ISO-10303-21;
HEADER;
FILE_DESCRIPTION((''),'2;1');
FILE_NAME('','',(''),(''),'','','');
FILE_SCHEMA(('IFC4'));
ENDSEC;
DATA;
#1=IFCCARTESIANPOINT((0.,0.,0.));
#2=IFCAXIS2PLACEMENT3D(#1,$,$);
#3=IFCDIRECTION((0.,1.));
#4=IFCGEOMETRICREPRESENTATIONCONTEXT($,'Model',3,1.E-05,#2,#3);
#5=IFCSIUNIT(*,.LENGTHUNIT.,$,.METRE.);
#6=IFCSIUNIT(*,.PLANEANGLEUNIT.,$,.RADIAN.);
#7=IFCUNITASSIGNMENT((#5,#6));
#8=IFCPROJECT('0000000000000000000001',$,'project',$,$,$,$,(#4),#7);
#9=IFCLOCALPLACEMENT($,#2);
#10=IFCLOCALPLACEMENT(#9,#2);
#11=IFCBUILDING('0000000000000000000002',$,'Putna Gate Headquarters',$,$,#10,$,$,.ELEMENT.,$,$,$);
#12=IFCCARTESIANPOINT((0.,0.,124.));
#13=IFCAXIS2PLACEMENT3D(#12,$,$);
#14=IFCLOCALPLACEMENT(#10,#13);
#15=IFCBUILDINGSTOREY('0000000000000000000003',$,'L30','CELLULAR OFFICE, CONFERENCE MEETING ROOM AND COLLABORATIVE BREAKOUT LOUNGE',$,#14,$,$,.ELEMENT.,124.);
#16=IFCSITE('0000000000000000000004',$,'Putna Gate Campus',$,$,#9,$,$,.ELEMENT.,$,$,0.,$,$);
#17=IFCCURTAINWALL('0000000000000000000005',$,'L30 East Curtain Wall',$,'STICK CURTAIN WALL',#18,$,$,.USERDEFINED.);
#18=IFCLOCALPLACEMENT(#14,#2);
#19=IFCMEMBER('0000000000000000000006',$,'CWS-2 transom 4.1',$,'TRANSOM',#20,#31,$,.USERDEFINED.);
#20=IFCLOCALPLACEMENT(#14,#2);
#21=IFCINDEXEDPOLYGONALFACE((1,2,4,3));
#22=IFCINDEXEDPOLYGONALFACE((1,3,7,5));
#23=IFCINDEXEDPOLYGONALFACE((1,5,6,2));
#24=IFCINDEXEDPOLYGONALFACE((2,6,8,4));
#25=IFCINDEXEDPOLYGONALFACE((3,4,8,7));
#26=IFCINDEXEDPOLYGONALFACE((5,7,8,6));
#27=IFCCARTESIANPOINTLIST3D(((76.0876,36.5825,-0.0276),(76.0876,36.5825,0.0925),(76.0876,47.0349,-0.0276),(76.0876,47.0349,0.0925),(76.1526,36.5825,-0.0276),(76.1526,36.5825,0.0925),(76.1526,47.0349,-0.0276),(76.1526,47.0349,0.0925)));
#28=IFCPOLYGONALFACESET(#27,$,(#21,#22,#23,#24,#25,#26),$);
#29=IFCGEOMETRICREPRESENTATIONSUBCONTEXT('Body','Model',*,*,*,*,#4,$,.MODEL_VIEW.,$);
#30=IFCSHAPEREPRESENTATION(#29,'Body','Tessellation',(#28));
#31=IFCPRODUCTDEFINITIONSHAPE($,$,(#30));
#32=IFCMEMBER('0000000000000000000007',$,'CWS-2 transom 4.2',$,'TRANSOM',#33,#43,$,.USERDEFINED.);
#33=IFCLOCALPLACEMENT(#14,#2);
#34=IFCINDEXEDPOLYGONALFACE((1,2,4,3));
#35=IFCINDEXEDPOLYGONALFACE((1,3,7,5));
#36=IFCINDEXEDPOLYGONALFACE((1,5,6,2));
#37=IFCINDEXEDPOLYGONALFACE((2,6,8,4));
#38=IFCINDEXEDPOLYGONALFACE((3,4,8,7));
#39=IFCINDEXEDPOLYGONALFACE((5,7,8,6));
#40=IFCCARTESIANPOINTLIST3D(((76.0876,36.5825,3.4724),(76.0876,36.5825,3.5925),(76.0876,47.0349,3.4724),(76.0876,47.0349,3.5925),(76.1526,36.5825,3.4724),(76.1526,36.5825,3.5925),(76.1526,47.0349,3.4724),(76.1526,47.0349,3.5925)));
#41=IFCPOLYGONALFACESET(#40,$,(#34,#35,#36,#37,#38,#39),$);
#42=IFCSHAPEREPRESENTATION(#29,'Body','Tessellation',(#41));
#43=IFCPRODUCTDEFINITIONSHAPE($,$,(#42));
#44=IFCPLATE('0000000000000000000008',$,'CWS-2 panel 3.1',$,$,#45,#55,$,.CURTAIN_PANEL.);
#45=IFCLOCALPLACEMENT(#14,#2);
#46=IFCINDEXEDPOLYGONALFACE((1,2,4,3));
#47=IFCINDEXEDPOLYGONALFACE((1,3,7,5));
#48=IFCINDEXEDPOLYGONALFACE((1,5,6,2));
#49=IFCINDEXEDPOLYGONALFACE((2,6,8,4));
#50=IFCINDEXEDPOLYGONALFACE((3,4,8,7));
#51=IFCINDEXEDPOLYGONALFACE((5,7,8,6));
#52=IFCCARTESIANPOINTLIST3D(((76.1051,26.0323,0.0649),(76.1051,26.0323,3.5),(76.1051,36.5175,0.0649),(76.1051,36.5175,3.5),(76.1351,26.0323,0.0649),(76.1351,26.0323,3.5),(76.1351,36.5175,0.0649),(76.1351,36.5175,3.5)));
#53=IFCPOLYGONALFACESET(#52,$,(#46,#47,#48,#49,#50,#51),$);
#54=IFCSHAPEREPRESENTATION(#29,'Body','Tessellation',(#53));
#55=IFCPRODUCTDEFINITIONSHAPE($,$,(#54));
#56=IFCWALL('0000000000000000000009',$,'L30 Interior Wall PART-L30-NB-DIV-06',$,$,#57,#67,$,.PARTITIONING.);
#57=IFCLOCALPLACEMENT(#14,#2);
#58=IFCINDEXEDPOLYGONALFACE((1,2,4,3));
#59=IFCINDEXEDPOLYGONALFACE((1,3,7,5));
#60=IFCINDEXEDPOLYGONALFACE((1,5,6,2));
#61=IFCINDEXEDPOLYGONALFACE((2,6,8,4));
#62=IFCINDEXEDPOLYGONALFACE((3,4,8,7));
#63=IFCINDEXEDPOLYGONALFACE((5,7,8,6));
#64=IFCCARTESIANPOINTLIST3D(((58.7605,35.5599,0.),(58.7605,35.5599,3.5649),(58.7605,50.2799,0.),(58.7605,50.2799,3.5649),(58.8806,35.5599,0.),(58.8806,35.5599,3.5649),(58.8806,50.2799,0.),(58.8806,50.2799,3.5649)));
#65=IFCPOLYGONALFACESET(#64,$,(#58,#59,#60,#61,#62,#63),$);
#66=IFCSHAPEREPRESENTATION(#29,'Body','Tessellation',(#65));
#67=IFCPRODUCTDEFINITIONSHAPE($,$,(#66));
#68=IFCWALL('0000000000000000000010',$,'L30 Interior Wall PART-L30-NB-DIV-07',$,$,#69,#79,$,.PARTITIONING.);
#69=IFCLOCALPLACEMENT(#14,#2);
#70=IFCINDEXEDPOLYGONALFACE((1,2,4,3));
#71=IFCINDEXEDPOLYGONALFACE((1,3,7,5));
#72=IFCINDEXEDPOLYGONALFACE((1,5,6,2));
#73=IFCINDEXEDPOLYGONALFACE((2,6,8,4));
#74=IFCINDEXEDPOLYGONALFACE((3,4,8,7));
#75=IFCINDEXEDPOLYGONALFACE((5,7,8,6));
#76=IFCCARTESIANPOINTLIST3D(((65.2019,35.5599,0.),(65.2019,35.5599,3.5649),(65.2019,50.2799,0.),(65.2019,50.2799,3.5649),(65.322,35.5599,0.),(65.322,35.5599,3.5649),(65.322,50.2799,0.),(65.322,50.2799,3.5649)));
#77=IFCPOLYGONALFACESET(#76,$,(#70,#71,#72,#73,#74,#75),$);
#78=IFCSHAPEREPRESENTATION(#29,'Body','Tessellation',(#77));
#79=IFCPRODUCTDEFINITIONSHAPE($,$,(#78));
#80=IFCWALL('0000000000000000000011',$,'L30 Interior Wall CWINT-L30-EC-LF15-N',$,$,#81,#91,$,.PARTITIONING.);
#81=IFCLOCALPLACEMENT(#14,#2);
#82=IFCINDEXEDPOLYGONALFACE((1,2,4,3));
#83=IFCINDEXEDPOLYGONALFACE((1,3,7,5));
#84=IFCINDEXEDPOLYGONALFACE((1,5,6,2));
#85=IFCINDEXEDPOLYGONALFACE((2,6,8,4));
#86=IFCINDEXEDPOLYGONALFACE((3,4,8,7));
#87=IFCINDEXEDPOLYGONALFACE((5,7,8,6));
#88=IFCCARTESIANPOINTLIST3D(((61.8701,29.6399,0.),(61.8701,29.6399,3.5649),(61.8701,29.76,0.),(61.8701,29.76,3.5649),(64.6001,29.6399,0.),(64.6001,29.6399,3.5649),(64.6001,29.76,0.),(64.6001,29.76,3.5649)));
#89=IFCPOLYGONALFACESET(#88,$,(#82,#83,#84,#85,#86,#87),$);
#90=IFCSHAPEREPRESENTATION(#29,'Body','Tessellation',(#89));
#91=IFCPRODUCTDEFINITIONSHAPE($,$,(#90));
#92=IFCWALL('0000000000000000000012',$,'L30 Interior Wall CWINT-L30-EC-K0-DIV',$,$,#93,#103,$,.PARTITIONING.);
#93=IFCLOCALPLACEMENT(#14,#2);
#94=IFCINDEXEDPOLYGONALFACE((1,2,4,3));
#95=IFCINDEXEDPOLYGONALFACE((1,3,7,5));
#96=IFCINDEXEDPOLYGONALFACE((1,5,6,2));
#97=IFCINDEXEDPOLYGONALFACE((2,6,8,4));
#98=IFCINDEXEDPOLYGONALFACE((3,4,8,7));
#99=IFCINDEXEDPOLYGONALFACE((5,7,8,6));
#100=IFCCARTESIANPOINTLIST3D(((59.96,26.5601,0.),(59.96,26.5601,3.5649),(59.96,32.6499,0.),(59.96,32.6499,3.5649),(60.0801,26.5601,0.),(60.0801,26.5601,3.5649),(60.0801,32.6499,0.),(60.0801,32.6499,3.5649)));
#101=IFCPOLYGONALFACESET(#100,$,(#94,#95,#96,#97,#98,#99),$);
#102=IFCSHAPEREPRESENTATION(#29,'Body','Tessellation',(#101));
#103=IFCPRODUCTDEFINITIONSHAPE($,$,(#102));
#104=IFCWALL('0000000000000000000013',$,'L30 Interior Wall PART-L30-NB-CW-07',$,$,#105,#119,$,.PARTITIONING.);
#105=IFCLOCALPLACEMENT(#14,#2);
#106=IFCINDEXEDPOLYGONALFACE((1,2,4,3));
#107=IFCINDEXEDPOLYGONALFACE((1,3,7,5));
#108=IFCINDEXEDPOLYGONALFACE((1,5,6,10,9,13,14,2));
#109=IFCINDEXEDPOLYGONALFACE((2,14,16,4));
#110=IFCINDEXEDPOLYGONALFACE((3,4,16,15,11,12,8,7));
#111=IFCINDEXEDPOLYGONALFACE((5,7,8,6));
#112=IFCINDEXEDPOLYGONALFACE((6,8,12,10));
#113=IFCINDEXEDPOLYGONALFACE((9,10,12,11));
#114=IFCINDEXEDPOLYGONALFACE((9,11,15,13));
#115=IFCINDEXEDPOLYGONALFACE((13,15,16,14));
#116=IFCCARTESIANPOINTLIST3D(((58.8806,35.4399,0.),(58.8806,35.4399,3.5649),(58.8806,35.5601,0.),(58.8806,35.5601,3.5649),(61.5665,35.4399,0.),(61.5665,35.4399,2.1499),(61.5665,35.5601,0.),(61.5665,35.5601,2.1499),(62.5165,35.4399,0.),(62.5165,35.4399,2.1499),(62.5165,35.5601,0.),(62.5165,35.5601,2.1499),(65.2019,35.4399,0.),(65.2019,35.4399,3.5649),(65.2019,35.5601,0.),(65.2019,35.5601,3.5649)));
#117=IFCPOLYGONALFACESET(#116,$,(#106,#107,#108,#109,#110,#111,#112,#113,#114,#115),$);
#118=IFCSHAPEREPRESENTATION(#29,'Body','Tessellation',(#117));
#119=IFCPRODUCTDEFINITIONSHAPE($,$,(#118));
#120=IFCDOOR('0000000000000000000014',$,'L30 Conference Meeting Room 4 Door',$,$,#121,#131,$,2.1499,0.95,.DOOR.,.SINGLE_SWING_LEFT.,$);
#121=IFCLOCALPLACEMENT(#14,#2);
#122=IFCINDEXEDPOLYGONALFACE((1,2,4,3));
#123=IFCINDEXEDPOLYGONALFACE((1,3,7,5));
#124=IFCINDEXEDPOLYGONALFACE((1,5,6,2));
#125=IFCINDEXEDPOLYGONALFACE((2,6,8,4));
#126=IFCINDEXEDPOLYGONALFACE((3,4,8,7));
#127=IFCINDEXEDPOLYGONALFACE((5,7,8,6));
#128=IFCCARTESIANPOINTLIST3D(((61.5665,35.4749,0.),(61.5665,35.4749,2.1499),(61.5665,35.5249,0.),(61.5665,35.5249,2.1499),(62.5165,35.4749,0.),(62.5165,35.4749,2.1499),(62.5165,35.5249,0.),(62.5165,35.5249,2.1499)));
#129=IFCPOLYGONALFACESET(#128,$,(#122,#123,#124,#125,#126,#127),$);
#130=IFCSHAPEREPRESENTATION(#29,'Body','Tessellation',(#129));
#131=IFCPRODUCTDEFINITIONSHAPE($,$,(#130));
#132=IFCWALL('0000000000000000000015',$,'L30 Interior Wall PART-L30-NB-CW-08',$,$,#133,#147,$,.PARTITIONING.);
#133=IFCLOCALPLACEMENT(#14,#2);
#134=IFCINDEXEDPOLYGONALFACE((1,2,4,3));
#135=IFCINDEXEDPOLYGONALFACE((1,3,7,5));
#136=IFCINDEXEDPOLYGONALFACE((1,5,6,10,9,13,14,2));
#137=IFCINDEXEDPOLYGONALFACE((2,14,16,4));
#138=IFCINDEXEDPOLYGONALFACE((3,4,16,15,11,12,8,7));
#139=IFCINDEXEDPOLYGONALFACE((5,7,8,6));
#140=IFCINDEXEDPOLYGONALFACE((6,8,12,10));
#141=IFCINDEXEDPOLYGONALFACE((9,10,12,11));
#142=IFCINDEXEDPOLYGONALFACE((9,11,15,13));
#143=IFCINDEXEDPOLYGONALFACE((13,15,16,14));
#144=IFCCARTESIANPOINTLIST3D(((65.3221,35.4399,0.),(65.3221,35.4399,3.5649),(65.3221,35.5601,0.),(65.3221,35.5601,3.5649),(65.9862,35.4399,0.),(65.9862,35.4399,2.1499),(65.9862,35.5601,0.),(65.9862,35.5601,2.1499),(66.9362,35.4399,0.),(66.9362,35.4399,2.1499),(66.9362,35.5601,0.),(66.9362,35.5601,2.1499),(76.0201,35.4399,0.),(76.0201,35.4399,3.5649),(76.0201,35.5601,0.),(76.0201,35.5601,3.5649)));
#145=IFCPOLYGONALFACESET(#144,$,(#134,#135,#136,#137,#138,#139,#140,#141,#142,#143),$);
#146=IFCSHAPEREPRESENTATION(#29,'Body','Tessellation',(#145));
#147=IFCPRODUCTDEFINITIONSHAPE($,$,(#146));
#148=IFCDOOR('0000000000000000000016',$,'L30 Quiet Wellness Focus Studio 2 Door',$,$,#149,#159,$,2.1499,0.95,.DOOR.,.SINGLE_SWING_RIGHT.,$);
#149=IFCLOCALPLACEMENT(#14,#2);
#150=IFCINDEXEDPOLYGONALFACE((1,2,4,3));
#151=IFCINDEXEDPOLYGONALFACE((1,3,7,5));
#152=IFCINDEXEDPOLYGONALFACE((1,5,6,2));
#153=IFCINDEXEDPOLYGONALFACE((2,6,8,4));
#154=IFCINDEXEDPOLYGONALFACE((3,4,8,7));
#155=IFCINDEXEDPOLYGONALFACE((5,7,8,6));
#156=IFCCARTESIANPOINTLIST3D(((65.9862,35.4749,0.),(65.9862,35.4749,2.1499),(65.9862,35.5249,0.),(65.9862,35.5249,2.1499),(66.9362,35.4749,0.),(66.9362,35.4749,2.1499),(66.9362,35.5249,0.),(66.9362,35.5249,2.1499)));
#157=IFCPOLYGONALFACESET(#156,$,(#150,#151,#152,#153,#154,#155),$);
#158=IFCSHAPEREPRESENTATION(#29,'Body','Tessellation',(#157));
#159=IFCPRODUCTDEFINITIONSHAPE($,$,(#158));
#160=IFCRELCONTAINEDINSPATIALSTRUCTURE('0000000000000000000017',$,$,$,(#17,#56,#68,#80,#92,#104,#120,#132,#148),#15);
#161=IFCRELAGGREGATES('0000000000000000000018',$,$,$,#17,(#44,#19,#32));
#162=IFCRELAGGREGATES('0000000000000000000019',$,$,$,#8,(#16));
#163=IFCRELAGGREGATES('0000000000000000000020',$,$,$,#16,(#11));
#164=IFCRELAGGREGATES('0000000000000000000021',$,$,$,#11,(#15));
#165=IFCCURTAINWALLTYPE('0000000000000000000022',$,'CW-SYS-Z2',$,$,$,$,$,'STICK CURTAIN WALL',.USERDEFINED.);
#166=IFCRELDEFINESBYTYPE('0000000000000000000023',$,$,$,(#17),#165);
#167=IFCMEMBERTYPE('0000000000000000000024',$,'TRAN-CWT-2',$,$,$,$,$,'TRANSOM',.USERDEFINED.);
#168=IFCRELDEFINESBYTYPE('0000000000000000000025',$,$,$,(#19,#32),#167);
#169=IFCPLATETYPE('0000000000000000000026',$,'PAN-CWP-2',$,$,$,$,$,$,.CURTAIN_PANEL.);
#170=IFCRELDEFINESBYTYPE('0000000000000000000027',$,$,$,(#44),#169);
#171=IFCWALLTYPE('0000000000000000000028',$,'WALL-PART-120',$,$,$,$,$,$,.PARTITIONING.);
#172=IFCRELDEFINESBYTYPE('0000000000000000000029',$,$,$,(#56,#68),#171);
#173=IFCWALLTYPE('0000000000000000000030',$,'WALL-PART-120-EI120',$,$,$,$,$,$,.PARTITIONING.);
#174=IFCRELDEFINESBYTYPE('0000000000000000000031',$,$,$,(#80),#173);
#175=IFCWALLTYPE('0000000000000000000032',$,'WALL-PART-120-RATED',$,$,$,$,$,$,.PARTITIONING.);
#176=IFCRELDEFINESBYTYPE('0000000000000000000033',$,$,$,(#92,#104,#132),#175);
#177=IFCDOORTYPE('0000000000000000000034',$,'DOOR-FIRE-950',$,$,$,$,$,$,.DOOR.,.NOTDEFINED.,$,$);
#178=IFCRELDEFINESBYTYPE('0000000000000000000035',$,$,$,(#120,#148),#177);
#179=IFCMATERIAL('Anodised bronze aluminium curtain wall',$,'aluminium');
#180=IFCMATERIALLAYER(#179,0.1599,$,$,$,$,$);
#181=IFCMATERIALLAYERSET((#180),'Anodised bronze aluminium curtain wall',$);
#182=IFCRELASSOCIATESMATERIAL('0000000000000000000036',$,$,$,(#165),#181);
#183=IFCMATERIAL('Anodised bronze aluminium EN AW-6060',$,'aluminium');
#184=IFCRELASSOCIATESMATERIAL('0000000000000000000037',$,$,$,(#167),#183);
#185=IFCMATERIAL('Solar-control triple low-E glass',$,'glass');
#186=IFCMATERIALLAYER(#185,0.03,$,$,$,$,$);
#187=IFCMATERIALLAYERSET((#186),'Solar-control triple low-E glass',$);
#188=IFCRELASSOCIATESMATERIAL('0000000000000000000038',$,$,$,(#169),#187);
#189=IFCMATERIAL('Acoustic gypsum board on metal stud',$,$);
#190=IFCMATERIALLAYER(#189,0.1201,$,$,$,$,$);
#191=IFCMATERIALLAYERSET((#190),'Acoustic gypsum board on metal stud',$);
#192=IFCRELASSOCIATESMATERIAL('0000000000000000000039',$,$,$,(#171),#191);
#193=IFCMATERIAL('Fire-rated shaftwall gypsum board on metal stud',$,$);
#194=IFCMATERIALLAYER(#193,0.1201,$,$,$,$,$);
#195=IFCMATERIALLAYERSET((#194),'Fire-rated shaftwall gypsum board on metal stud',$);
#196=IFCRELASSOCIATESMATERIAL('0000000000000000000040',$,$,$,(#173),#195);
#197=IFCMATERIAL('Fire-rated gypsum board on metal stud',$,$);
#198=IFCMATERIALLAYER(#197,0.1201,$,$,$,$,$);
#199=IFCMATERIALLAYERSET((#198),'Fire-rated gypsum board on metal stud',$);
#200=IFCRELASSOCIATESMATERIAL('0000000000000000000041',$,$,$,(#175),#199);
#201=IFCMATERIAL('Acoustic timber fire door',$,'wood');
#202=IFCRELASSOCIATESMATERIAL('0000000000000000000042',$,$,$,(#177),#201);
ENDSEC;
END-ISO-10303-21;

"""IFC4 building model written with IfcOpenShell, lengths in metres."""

from ifc_helpers import new_model, si_unit, direction, frame, frame_2d, origin, origin_2d, place, context, subcontext, project, spatial, rectangle, extrude, material, layer, layer_set, material_profile, profile_set, type_object, element, fill, aggregate, save


model = new_model("IFC4")

# Units and contexts
model_context = context("Model", 3, precision=1e-05, world=origin(), true_north=direction((0.0, 1.0)))
body_context = subcontext(model_context, "Body", "Model", "MODEL_VIEW")
ifc_project = project(units=[si_unit("LENGTHUNIT", "METRE"), si_unit("PLANEANGLEUNIT", "RADIAN")], contexts=[model_context])

# Site, building, storey
site_placement = place(None, origin())
site = spatial("IfcSite", under=ifc_project, at=site_placement, Name="Putna Gate Campus", CompositionType="ELEMENT", RefElevation=0.0)
building_placement = place(site_placement, origin())
building = spatial("IfcBuilding", under=site, at=building_placement, Name="Putna Gate Headquarters", CompositionType="ELEMENT")
storey_placement = place(building_placement, frame((0.0, 0.0, 124.0)))
storey = spatial("IfcBuildingStorey", under=building, at=storey_placement, Name="L30", Description="CELLULAR OFFICE, CONFERENCE MEETING ROOM AND COLLABORATIVE BREAKOUT LOUNGE", CompositionType="ELEMENT", Elevation=124.0)

# Curtain wall, members, plate
ifc_material_1 = material(Name="Anodised bronze aluminium curtain wall", Category="aluminium")
ifc_layer_1 = layer(ifc_material_1, 0.1599)
ifc_layer_set_1 = layer_set([ifc_layer_1], Name="Anodised bronze aluminium curtain wall")
curtain_wall_type = type_object("IfcCurtainWallType", Name="CW-SYS-Z2", ElementType="STICK CURTAIN WALL", PredefinedType="USERDEFINED", material=ifc_layer_set_1)
curtain_wall_placement = place(storey_placement, origin())
curtain_wall = element("IfcCurtainWall", 1, at=curtain_wall_placement, inside=storey, type_object=curtain_wall_type, Name="L30 East Curtain Wall", ObjectType="STICK CURTAIN WALL", PredefinedType="USERDEFINED")
ifc_material_2 = material(Name="Anodised bronze aluminium EN AW-6060", Category="aluminium")
ifc_material_profile_1 = material_profile(ifc_material_2, rectangle(XDim=0.0649, YDim=0.1201, at=origin_2d()), Name="Anodised bronze aluminium EN AW-6060")
ifc_profile_set_1 = profile_set([ifc_material_profile_1], Name="Anodised bronze aluminium EN AW-6060")
member_type_1 = type_object("IfcMemberType", Name="TRAN-CWT-2", ElementType="TRANSOM", PredefinedType="USERDEFINED", material=ifc_profile_set_1)
member_1_placement = place(storey_placement, frame((76.1201, 36.5825, 0.0325), z_axis=(0.0, 1.0, 0.0), x_axis=(-1.0, 0.0, 0.0)))
member_1 = element("IfcMember", 2, at=member_1_placement, type_object=member_type_1, Name="CWS-2 transom 4.1", ObjectType="TRANSOM", PredefinedType="USERDEFINED", context=body_context, shape_type="SweptSolid", body=[
    extrude(rectangle(XDim=0.0649, YDim=0.1201, at=origin_2d()), origin(), (0.0, 0.0, 1.0), 10.4524),
])
member_2_placement = place(storey_placement, frame((76.1201, 36.5825, 3.5325), z_axis=(0.0, 1.0, 0.0), x_axis=(-1.0, 0.0, 0.0)))
member_2 = element("IfcMember", 3, at=member_2_placement, type_object=member_type_1, Name="CWS-2 transom 4.2", ObjectType="TRANSOM", PredefinedType="USERDEFINED", context=body_context, shape_type="SweptSolid", body=[
    extrude(rectangle(XDim=0.0649, YDim=0.1201, at=origin_2d()), origin(), (0.0, 0.0, 1.0), 10.4524),
])
ifc_material_3 = material(Name="Solar-control triple low-E glass", Category="glass")
ifc_layer_2 = layer(ifc_material_3, 0.03)
ifc_layer_set_2 = layer_set([ifc_layer_2], Name="Solar-control triple low-E glass")
plate_type = type_object("IfcPlateType", Name="PAN-CWP-2", PredefinedType="CURTAIN_PANEL", material=ifc_layer_set_2)
plate_placement = place(storey_placement, frame((76.1201, 31.2749, 0.0649), z_axis=(0.0, 0.0, 1.0), x_axis=(0.0, 1.0, 0.0)))
plate = element("IfcPlate", 4, at=plate_placement, type_object=plate_type, Name="CWS-2 panel 3.1", PredefinedType="CURTAIN_PANEL", context=body_context, shape_type="SweptSolid", body=[
    extrude(rectangle(XDim=10.4851, YDim=0.03, at=origin_2d()), origin(), (0.0, 0.0, 1.0), 3.4351),
])
aggregate(curtain_wall, [plate, member_1, member_2])

# Walls
ifc_material_4 = material(Name="Acoustic gypsum board on metal stud")
ifc_layer_3 = layer(ifc_material_4, 0.1201)
ifc_layer_set_3 = layer_set([ifc_layer_3], Name="Acoustic gypsum board on metal stud")
wall_type_1 = type_object("IfcWallType", Name="WALL-PART-120", PredefinedType="PARTITIONING", material=ifc_layer_set_3)
for number, where, z_axis, x_axis, name in (
    (5, (58.8206, 35.5601, 0.0), (0.0, 0.0, 1.0), (0.0, 1.0, 0.0), "L30 Interior Wall PART-L30-NB-DIV-06"),
    (6, (65.262, 35.5601, 0.0), (0.0, 0.0, 1.0), (0.0, 1.0, 0.0), "L30 Interior Wall PART-L30-NB-DIV-07"),
):
    element("IfcWall", number, at=place(storey_placement, frame(where, z_axis=z_axis, x_axis=x_axis)), inside=storey, type_object=wall_type_1, Name=name, PredefinedType="PARTITIONING", context=body_context, shape_type="SweptSolid", body=[
        extrude(rectangle(XDim=14.72, YDim=0.1201, at=frame_2d((7.3599, 0.0))), origin(), (0.0, 0.0, 1.0), 3.5649),
    ])
ifc_material_5 = material(Name="Fire-rated shaftwall gypsum board on metal stud")
ifc_layer_4 = layer(ifc_material_5, 0.1201)
ifc_layer_set_4 = layer_set([ifc_layer_4], Name="Fire-rated shaftwall gypsum board on metal stud")
wall_type_2 = type_object("IfcWallType", Name="WALL-PART-120-EI120", PredefinedType="PARTITIONING", material=ifc_layer_set_4)
wall_1_placement = place(storey_placement, frame((61.8701, 29.7, 0.0), z_axis=(0.0, 0.0, 1.0), x_axis=(1.0, 0.0, 0.0)))
element("IfcWall", 7, at=wall_1_placement, inside=storey, type_object=wall_type_2, Name="L30 Interior Wall CWINT-L30-EC-LF15-N", PredefinedType="PARTITIONING", context=body_context, shape_type="SweptSolid", body=[
    extrude(rectangle(XDim=2.73, YDim=0.1201, at=frame_2d((1.365, 0.0))), origin(), (0.0, 0.0, 1.0), 3.5649),
])
ifc_material_6 = material(Name="Fire-rated gypsum board on metal stud")
ifc_layer_5 = layer(ifc_material_6, 0.1201)
ifc_layer_set_5 = layer_set([ifc_layer_5], Name="Fire-rated gypsum board on metal stud")
wall_type_3 = type_object("IfcWallType", Name="WALL-PART-120-RATED", PredefinedType="PARTITIONING", material=ifc_layer_set_5)
wall_2_placement = place(storey_placement, frame((60.02, 26.5601, 0.0), z_axis=(0.0, 0.0, 1.0), x_axis=(0.0, 1.0, 0.0)))
element("IfcWall", 8, at=wall_2_placement, inside=storey, type_object=wall_type_3, Name="L30 Interior Wall CWINT-L30-EC-K0-DIV", PredefinedType="PARTITIONING", context=body_context, shape_type="SweptSolid", body=[
    extrude(rectangle(XDim=6.0898, YDim=0.1201, at=frame_2d((3.0449, 0.0))), origin(), (0.0, 0.0, 1.0), 3.5649),
])

# Walls, openings, doors
wall_3_placement = place(storey_placement, frame((58.8806, 35.5, 0.0), z_axis=(0.0, 0.0, 1.0), x_axis=(1.0, 0.0, 0.0)))
wall_3 = element("IfcWall", 9, at=wall_3_placement, inside=storey, type_object=wall_type_3, Name="L30 Interior Wall PART-L30-NB-CW-07", PredefinedType="PARTITIONING", context=body_context, shape_type="SweptSolid", body=[
    extrude(rectangle(XDim=6.3213, YDim=0.1201, at=frame_2d((3.1606, 0.0))), origin(), (0.0, 0.0, 1.0), 3.5649),
])
opening_1_placement = place(wall_3_placement, frame((2.6858, 0.0, 0.0)))
opening_1 = element("IfcOpeningElement", 10, at=opening_1_placement, cuts=wall_3, PredefinedType="OPENING", context=body_context, shape_type="SweptSolid", body=[
    extrude(rectangle(XDim=0.95, YDim=2.1499, at=frame_2d((0.4751, 1.075))), frame((0.0, 0.0701, 0.0), z_axis=(0.0, -1.0, 0.0), x_axis=(1.0, 0.0, 0.0)), (0.0, 0.0, 1.0), 0.1401),
])
ifc_material_7 = material(Name="Acoustic timber fire door", Category="wood")
door_type_1 = type_object("IfcDoorType", Name="DOOR-FIRE-950", OperationType="NOTDEFINED", PredefinedType="DOOR", material=ifc_material_7)
door_1_placement = place(opening_1_placement, origin())
door_1 = element("IfcDoor", 11, at=door_1_placement, inside=storey, type_object=door_type_1, Name="L30 Conference Meeting Room 4 Door", OperationType="SINGLE_SWING_LEFT", OverallHeight=2.1499, OverallWidth=0.95, PredefinedType="DOOR", context=body_context, shape_type="SweptSolid", body=[
    extrude(rectangle(XDim=0.95, YDim=2.1499, at=frame_2d((0.4751, 1.075))), frame((0.0, 0.0249, 0.0), z_axis=(0.0, -1.0, 0.0), x_axis=(1.0, 0.0, 0.0)), (0.0, 0.0, 1.0), 0.05),
])
fill(opening_1, door_1)
wall_4_placement = place(storey_placement, frame((65.322, 35.5, 0.0), z_axis=(0.0, 0.0, 1.0), x_axis=(1.0, 0.0, 0.0)))
wall_4 = element("IfcWall", 12, at=wall_4_placement, inside=storey, type_object=wall_type_3, Name="L30 Interior Wall PART-L30-NB-CW-08", PredefinedType="PARTITIONING", context=body_context, shape_type="SweptSolid", body=[
    extrude(rectangle(XDim=10.698, YDim=0.1201, at=frame_2d((5.3491, 0.0))), origin(), (0.0, 0.0, 1.0), 3.5649),
])
opening_2_placement = place(wall_4_placement, frame((0.6641, 0.0, 0.0)))
opening_2 = element("IfcOpeningElement", 13, at=opening_2_placement, cuts=wall_4, PredefinedType="OPENING", context=body_context, shape_type="SweptSolid", body=[
    extrude(rectangle(XDim=0.95, YDim=2.1499, at=frame_2d((0.4751, 1.075))), frame((0.0, 0.0701, 0.0), z_axis=(0.0, -1.0, 0.0), x_axis=(1.0, 0.0, 0.0)), (0.0, 0.0, 1.0), 0.1401),
])
door_2_placement = place(opening_2_placement, origin())
door_2 = element("IfcDoor", 14, at=door_2_placement, inside=storey, type_object=door_type_1, Name="L30 Quiet Wellness Focus Studio 2 Door", OperationType="SINGLE_SWING_RIGHT", OverallHeight=2.1499, OverallWidth=0.95, PredefinedType="DOOR", context=body_context, shape_type="SweptSolid", body=[
    extrude(rectangle(XDim=0.95, YDim=2.1499, at=frame_2d((0.4751, 1.075))), frame((0.0, 0.0249, 0.0), z_axis=(0.0, -1.0, 0.0), x_axis=(1.0, 0.0, 0.0)), (0.0, 0.0, 1.0), 0.05),
])
fill(opening_2, door_2)

save(model, "model.ifc")
